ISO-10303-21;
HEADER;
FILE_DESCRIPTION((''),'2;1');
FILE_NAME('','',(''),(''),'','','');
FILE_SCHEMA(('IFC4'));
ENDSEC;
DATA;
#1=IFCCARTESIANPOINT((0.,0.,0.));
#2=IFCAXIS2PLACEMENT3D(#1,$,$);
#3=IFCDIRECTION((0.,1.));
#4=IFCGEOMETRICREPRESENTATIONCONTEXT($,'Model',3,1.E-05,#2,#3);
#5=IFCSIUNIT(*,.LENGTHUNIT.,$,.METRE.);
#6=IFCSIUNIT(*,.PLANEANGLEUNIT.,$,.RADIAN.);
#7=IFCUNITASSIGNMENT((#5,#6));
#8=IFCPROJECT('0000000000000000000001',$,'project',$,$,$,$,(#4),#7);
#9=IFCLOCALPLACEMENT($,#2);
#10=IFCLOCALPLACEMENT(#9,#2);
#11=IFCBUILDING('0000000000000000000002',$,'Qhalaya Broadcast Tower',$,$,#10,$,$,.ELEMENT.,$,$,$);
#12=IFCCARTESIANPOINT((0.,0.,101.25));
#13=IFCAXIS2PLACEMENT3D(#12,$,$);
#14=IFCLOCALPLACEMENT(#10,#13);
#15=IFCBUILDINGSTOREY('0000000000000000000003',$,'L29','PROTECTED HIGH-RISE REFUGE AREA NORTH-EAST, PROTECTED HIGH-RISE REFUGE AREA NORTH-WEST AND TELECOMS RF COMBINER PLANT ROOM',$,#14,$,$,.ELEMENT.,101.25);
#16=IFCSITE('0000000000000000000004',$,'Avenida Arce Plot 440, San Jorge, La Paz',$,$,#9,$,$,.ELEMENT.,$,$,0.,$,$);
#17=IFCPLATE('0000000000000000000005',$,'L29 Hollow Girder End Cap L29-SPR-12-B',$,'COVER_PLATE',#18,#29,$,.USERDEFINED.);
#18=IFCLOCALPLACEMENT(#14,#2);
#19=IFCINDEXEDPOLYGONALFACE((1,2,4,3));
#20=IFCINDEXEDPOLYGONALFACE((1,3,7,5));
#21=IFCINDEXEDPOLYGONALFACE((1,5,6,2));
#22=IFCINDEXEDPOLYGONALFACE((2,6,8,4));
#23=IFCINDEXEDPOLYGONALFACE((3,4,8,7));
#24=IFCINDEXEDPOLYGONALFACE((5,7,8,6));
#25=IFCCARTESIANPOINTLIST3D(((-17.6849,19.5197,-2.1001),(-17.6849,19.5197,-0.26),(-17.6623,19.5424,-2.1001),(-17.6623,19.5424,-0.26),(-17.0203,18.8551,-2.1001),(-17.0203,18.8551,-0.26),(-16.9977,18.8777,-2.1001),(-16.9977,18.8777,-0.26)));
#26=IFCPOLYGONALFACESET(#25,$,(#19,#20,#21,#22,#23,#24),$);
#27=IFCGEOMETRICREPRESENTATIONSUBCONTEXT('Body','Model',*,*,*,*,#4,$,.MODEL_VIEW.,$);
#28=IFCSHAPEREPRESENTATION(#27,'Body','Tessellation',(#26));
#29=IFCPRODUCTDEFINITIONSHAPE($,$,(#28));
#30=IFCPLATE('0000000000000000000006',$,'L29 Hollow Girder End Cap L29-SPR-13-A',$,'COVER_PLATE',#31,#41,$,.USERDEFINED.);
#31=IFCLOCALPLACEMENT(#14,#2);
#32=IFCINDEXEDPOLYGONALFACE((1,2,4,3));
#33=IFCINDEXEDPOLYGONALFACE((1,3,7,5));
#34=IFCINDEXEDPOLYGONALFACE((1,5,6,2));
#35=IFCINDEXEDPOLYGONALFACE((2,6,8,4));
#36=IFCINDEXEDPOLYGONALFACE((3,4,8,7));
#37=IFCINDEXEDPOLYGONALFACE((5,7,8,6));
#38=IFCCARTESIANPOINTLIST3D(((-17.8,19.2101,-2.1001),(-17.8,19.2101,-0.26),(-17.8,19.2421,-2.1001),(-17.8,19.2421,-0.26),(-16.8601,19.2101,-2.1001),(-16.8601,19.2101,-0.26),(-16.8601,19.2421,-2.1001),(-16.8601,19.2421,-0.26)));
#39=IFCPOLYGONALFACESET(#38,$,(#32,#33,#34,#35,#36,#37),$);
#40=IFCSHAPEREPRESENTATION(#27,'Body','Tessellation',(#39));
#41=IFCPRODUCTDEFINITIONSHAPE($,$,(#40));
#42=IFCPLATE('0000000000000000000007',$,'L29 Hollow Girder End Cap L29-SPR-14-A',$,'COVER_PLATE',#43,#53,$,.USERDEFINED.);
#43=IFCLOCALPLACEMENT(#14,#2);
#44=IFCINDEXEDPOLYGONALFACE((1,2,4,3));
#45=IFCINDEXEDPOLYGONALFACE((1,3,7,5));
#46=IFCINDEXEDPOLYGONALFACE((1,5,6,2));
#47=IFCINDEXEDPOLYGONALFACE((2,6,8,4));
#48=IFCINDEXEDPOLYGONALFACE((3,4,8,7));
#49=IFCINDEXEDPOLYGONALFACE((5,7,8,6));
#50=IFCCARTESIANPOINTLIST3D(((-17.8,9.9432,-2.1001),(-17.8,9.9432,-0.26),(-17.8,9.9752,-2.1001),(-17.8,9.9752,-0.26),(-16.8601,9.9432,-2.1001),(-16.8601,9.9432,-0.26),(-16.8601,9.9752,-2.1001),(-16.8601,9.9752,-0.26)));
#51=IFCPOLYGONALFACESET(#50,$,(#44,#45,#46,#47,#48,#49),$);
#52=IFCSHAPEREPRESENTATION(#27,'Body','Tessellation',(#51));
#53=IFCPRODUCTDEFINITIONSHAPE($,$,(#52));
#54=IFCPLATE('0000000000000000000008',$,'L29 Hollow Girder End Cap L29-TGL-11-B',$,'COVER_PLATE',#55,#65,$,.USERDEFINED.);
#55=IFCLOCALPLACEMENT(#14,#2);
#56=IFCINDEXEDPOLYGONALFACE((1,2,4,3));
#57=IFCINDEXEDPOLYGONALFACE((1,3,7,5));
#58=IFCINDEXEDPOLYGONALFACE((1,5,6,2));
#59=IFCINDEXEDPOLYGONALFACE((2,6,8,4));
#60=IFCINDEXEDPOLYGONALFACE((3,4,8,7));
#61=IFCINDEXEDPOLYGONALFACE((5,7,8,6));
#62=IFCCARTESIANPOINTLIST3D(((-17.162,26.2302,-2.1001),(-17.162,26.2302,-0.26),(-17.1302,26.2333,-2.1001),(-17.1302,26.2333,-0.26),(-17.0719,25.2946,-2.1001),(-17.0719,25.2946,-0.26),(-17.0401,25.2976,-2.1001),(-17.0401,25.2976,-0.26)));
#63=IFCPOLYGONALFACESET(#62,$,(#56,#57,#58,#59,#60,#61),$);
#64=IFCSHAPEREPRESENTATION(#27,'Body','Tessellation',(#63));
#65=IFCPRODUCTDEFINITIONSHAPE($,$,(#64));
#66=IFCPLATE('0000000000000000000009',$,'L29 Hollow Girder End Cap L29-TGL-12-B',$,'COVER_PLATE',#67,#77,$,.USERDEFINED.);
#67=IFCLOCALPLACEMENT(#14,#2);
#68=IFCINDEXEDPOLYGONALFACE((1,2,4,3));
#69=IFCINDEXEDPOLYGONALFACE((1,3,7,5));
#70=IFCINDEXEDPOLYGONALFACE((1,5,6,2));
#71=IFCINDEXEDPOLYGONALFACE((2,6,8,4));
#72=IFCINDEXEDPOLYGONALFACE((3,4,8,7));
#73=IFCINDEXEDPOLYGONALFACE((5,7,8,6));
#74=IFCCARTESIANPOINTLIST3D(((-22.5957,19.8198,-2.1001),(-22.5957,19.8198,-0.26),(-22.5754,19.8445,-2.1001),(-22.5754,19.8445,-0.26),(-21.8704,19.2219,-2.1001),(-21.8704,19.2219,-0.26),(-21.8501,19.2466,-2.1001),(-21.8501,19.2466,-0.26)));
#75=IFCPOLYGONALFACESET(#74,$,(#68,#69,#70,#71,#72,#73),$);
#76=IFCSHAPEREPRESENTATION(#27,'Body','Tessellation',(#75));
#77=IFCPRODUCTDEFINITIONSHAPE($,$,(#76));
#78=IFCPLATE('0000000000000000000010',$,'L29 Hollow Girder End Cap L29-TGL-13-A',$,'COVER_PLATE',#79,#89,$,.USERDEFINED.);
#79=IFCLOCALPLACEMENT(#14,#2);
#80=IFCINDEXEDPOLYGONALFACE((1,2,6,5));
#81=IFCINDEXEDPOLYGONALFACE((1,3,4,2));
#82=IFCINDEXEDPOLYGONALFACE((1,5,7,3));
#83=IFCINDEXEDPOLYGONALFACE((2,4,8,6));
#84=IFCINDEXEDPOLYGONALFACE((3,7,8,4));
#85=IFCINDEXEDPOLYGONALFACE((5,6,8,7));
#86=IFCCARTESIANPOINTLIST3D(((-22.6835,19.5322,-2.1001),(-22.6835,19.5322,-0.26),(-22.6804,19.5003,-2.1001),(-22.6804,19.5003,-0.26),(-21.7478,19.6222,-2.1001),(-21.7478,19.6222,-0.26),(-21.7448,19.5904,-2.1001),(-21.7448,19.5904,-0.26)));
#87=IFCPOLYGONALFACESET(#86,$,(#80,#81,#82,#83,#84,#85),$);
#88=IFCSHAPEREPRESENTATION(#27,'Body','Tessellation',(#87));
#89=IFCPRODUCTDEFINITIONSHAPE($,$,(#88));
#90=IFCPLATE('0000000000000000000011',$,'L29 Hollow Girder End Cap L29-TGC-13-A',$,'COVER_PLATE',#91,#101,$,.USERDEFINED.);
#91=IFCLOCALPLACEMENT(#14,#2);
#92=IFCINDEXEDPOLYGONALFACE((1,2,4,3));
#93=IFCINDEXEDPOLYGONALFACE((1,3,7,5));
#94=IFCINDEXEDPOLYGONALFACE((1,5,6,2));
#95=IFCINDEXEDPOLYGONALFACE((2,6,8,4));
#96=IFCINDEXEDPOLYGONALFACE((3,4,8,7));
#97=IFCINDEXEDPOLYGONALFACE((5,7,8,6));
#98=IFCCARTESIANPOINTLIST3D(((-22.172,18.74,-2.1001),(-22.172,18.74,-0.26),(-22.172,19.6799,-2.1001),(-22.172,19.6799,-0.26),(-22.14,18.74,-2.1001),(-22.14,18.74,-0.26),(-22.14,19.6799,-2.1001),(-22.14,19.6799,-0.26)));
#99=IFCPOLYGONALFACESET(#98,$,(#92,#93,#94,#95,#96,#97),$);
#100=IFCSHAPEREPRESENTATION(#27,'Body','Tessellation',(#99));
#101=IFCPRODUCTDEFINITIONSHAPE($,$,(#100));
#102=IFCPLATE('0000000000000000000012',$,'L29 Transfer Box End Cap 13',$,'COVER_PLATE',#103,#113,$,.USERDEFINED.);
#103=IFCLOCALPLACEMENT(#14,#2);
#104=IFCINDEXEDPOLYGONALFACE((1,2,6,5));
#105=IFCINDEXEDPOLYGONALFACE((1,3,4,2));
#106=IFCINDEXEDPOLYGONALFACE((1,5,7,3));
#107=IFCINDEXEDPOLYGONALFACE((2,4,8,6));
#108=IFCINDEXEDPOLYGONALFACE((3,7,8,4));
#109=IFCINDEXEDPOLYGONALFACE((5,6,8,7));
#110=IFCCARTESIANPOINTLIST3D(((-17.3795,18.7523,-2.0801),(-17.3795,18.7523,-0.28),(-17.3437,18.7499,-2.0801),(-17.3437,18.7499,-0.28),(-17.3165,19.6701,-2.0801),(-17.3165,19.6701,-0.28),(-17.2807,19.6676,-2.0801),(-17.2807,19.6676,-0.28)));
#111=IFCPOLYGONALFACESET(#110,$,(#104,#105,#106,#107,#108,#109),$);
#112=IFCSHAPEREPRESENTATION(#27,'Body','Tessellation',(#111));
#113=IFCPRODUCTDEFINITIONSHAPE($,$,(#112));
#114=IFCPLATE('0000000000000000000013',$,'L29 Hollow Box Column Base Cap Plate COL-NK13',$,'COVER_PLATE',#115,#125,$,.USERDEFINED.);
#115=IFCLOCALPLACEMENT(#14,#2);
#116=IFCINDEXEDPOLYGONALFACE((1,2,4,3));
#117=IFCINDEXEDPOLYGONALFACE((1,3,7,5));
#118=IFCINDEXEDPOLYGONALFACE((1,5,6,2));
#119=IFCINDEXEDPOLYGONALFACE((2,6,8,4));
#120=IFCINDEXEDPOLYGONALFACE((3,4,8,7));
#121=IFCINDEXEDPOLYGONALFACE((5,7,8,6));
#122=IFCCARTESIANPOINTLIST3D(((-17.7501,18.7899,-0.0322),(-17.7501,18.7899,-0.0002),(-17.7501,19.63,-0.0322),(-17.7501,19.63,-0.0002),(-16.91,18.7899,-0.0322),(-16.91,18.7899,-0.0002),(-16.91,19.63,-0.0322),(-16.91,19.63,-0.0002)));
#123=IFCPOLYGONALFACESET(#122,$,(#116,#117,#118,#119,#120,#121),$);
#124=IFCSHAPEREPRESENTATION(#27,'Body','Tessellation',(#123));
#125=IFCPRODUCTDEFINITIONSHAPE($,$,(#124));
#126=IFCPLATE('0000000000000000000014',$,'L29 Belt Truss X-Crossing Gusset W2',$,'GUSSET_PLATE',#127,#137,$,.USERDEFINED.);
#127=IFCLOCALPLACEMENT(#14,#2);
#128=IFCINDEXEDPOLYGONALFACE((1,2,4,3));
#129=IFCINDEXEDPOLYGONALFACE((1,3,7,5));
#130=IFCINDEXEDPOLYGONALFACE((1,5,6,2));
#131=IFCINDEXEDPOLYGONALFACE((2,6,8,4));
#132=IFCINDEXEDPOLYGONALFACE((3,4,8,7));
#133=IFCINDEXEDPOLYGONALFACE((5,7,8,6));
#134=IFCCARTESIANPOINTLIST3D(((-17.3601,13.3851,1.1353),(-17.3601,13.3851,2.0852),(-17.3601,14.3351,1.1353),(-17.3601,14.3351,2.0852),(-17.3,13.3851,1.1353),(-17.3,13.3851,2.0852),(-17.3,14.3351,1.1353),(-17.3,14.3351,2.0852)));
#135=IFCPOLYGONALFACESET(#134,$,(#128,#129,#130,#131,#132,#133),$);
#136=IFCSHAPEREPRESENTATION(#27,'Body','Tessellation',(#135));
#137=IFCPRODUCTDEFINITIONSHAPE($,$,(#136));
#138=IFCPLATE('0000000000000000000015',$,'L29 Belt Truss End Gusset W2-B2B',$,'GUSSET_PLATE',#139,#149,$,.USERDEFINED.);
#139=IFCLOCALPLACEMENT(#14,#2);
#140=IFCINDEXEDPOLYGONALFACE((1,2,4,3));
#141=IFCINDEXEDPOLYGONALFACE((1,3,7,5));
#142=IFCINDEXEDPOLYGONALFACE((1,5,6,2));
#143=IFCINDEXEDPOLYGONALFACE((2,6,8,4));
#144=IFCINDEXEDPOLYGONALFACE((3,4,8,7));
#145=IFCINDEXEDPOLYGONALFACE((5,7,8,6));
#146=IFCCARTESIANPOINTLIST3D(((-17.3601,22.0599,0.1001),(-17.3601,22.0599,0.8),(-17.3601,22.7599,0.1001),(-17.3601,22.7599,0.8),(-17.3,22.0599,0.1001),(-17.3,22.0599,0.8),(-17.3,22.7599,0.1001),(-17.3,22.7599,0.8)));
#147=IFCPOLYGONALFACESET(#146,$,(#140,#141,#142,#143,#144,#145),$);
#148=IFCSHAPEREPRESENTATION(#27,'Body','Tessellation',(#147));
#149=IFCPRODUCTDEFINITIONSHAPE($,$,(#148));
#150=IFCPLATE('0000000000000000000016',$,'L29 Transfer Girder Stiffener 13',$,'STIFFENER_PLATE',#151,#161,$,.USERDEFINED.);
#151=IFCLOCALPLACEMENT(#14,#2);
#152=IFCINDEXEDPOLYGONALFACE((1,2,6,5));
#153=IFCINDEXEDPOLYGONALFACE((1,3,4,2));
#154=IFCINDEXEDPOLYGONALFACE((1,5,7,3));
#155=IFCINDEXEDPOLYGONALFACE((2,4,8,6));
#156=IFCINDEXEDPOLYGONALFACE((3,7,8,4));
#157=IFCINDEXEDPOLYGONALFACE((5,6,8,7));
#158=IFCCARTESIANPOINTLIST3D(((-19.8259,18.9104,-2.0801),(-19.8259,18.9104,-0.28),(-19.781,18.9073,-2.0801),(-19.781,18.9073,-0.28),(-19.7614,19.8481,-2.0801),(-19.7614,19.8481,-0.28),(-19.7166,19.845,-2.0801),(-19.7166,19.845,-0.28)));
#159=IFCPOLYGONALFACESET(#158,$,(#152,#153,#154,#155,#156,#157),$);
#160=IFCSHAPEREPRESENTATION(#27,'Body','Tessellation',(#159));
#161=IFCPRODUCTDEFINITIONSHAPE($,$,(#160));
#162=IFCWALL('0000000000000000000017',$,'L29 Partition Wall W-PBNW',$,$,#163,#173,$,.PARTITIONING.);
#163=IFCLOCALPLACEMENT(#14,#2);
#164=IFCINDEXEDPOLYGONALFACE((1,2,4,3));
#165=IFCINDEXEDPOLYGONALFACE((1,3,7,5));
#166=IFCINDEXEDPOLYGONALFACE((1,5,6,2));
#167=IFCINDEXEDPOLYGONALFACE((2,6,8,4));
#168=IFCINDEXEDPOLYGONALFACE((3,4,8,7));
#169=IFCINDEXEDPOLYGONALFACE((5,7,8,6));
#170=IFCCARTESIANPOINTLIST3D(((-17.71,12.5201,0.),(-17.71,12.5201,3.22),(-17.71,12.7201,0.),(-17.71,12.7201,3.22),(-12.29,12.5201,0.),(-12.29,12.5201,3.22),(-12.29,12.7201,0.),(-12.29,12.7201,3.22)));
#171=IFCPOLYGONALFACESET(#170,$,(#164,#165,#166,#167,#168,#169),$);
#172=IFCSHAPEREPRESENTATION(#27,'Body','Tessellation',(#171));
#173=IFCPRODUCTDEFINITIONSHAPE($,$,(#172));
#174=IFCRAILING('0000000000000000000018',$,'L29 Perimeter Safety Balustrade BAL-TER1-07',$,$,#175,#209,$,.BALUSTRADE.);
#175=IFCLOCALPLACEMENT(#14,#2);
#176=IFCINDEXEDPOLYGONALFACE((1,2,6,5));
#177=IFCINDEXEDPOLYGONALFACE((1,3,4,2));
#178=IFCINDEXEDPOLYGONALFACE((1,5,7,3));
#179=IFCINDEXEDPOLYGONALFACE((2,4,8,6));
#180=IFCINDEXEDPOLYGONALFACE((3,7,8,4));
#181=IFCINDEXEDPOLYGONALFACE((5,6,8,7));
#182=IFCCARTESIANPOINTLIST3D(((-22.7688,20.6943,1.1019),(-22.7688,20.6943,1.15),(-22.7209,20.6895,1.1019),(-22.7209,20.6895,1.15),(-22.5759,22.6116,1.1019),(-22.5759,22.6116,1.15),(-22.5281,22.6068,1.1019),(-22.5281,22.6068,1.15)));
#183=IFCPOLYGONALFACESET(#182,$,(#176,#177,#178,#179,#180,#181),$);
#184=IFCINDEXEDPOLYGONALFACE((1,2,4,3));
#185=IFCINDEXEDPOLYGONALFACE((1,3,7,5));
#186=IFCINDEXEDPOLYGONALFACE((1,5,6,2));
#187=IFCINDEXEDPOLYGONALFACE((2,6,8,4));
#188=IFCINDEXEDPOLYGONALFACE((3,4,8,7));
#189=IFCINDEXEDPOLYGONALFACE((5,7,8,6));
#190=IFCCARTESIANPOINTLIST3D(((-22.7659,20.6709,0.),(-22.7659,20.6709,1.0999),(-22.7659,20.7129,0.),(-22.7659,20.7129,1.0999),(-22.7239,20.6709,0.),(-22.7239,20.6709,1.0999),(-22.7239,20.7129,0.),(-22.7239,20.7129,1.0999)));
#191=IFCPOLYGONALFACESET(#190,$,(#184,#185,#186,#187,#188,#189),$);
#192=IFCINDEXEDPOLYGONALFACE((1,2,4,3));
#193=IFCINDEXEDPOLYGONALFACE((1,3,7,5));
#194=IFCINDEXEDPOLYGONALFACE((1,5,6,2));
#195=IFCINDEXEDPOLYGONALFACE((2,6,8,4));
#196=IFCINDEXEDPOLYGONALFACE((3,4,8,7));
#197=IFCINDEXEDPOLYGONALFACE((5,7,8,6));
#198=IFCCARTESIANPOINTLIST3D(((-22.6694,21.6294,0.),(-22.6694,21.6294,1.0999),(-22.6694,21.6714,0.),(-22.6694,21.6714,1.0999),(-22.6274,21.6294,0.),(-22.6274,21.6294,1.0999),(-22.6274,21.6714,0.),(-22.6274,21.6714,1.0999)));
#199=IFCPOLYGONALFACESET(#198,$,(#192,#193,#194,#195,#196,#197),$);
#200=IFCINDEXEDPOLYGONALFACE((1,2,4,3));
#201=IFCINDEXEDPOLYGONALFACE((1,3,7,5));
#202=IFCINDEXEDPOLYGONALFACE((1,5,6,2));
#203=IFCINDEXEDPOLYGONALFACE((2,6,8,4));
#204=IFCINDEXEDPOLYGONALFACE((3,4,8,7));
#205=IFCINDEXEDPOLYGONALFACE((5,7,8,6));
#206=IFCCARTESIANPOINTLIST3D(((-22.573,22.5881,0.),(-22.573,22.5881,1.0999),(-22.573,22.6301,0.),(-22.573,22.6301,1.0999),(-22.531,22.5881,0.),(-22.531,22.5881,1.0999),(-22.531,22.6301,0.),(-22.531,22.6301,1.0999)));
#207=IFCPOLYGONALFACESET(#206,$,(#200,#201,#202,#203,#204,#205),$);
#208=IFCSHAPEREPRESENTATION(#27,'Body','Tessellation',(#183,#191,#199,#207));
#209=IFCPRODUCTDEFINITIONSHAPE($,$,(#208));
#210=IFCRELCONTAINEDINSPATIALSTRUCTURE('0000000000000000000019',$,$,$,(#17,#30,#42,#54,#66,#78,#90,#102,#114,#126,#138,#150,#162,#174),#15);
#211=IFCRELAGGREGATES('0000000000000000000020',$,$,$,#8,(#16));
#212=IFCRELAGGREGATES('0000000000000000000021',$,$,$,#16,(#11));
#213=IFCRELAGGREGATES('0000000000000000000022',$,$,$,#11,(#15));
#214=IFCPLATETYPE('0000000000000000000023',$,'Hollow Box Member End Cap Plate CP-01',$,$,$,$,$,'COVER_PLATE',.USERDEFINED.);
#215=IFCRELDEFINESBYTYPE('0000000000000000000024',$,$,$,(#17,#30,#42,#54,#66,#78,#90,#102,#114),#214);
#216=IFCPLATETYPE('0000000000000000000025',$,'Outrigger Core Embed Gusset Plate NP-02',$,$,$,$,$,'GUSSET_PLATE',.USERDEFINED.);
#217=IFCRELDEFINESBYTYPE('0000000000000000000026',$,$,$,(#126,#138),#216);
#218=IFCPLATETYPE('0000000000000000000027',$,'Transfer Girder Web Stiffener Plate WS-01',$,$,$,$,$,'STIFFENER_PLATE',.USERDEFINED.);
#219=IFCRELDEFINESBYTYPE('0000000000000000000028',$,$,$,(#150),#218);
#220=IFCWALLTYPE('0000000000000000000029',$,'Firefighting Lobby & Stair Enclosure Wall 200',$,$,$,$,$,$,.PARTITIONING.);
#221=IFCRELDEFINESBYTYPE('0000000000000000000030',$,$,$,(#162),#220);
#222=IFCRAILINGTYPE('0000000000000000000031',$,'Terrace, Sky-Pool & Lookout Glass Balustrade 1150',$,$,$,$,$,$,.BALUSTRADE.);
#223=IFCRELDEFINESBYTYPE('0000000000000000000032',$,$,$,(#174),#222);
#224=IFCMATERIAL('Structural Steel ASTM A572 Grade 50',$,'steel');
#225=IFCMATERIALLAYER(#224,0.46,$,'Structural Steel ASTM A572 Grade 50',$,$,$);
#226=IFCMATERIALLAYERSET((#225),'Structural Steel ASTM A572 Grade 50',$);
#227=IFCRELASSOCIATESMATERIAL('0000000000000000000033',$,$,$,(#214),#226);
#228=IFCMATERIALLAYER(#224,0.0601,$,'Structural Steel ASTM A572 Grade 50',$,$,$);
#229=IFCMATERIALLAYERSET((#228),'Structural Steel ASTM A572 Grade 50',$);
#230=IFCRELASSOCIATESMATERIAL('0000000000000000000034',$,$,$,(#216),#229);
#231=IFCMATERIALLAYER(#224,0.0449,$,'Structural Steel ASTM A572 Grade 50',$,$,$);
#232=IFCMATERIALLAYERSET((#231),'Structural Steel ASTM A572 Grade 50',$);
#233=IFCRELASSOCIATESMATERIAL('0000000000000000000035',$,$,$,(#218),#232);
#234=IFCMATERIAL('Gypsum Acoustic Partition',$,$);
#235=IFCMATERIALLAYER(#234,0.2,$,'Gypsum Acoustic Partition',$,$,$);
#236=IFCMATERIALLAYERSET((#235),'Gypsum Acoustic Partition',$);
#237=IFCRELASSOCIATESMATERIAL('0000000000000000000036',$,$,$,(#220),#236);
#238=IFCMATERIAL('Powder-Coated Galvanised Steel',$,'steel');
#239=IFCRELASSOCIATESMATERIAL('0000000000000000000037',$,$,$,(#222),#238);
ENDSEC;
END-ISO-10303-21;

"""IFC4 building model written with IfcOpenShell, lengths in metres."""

from ifc_helpers import new_model, si_unit, direction, frame, frame_2d, origin, origin_2d, place, context, subcontext, project, spatial, rectangle, extrude, material, layer, layer_set, type_object, element, save


model = new_model("IFC4")

# Units and contexts
model_context = context("Model", 3, precision=1e-05, world=origin(), true_north=direction((0.0, 1.0)))
body_context = subcontext(model_context, "Body", "Model", "MODEL_VIEW")
ifc_project = project(units=[si_unit("LENGTHUNIT", "METRE"), si_unit("PLANEANGLEUNIT", "RADIAN")], contexts=[model_context])

# Site, building, storey
site_placement = place(None, origin())
site = spatial("IfcSite", under=ifc_project, at=site_placement, Name="Avenida Arce Plot 440, San Jorge, La Paz", CompositionType="ELEMENT", RefElevation=0.0)
building_placement = place(site_placement, origin())
building = spatial("IfcBuilding", under=site, at=building_placement, Name="Qhalaya Broadcast Tower", CompositionType="ELEMENT")
storey_placement = place(building_placement, frame((0.0, 0.0, 101.25)))
storey = spatial("IfcBuildingStorey", under=building, at=storey_placement, Name="L29", Description="PROTECTED HIGH-RISE REFUGE AREA NORTH-EAST, PROTECTED HIGH-RISE REFUGE AREA NORTH-WEST AND TELECOMS RF COMBINER PLANT ROOM", CompositionType="ELEMENT", Elevation=101.25)

# Shared definitions
ifc_material_1 = material(Name="Structural Steel ASTM A572 Grade 50", Category="steel")

# Plates
ifc_layer_1 = layer(ifc_material_1, 0.46, Name="Structural Steel ASTM A572 Grade 50")
ifc_layer_set_1 = layer_set([ifc_layer_1], Name="Structural Steel ASTM A572 Grade 50")
plate_type_1 = type_object("IfcPlateType", Name="Hollow Box Member End Cap Plate CP-01", ElementType="COVER_PLATE", PredefinedType="USERDEFINED", material=ifc_layer_set_1)
for number, where, z_axis, x_axis, name in (
    (1, (-17.3413, 19.1987, -2.1001), (0.0, 0.0, 1.0), (0.707107, -0.707107, 0.0), "L29 Hollow Girder End Cap L29-SPR-12-B"),
    (2, (-17.3301, 19.2261, -2.1001), (0.0, 0.0, 1.0), (1.0, 0.0, 0.0), "L29 Hollow Girder End Cap L29-SPR-13-A"),
    (3, (-17.3301, 9.9592, -2.1001), (0.0, 0.0, 1.0), (1.0, 0.0, 0.0), "L29 Hollow Girder End Cap L29-SPR-14-A"),
    (4, (-17.1011, 25.7639, -2.1001), (0.0, 0.0, 1.0), (0.095846, -0.995396, 0.0), "L29 Hollow Girder End Cap L29-TGL-11-B"),
    (5, (-22.2229, 19.5332, -2.1001), (0.0, 0.0, 1.0), (0.771625, -0.636078, 0.0), "L29 Hollow Girder End Cap L29-TGL-12-B"),
    (6, (-22.2141, 19.5613, -2.1001), (0.0, 0.0, 1.0), (0.995396, 0.095846, 0.0), "L29 Hollow Girder End Cap L29-TGL-13-A"),
    (7, (-22.156, 19.21, -2.1001), (0.0, 0.0, 1.0), (0.0, 1.0, 0.0), "L29 Hollow Girder End Cap L29-TGC-13-A"),
):
    element("IfcPlate", number, at=place(storey_placement, frame(where, z_axis=z_axis, x_axis=x_axis)), inside=storey, type_object=plate_type_1, Name=name, ObjectType="COVER_PLATE", PredefinedType="USERDEFINED", context=body_context, shape_type="SweptSolid", body=[
        extrude(rectangle(XDim=0.9399, YDim=0.032, at=origin_2d()), origin(), (0.0, 0.0, 1.0), 1.8401),
    ])
plate_1_placement = place(storey_placement, frame((-17.3301, 19.21, -2.0801), z_axis=(0.0, 0.0, 1.0), x_axis=(0.068538, 0.997649, 0.0)))
element("IfcPlate", 8, at=plate_1_placement, inside=storey, type_object=plate_type_1, Name="L29 Transfer Box End Cap 13", ObjectType="COVER_PLATE", PredefinedType="USERDEFINED", context=body_context, shape_type="SweptSolid", body=[
    extrude(rectangle(XDim=0.9199, YDim=0.0359, at=origin_2d()), origin(), (0.0, 0.0, 1.0), 1.8),
])
plate_2_placement = place(storey_placement, frame((-17.3301, 19.21, -0.0322), z_axis=(0.0, 0.0, 1.0), x_axis=(0.0, 1.0, 0.0)))
element("IfcPlate", 9, at=plate_2_placement, inside=storey, type_object=plate_type_1, Name="L29 Hollow Box Column Base Cap Plate COL-NK13", ObjectType="COVER_PLATE", PredefinedType="USERDEFINED", context=body_context, shape_type="SweptSolid", body=[
    extrude(rectangle(XDim=0.8401, YDim=0.8401, at=origin_2d()), origin(), (0.0, 0.0, 1.0), 0.032),
])
ifc_layer_2 = layer(ifc_material_1, 0.0601, Name="Structural Steel ASTM A572 Grade 50")
ifc_layer_set_2 = layer_set([ifc_layer_2], Name="Structural Steel ASTM A572 Grade 50")
plate_type_2 = type_object("IfcPlateType", Name="Outrigger Core Embed Gusset Plate NP-02", ElementType="GUSSET_PLATE", PredefinedType="USERDEFINED", material=ifc_layer_set_2)
plate_3_placement = place(storey_placement, frame((-17.3301, 13.8601, 1.1353), z_axis=(0.0, 0.0, 1.0), x_axis=(0.0, 1.0, 0.0)))
element("IfcPlate", 10, at=plate_3_placement, inside=storey, type_object=plate_type_2, Name="L29 Belt Truss X-Crossing Gusset W2", ObjectType="GUSSET_PLATE", PredefinedType="USERDEFINED", context=body_context, shape_type="SweptSolid", body=[
    extrude(rectangle(XDim=0.95, YDim=0.0601, at=origin_2d()), origin(), (0.0, 0.0, 1.0), 0.95),
])
plate_4_placement = place(storey_placement, frame((-17.3301, 22.4099, 0.1001), z_axis=(0.0, 0.0, 1.0), x_axis=(0.0, 1.0, 0.0)))
element("IfcPlate", 11, at=plate_4_placement, inside=storey, type_object=plate_type_2, Name="L29 Belt Truss End Gusset W2-B2B", ObjectType="GUSSET_PLATE", PredefinedType="USERDEFINED", context=body_context, shape_type="SweptSolid", body=[
    extrude(rectangle(XDim=0.7, YDim=0.0601, at=origin_2d()), origin(), (0.0, 0.0, 1.0), 0.7),
])
ifc_layer_3 = layer(ifc_material_1, 0.0449, Name="Structural Steel ASTM A572 Grade 50")
ifc_layer_set_3 = layer_set([ifc_layer_3], Name="Structural Steel ASTM A572 Grade 50")
plate_type_3 = type_object("IfcPlateType", Name="Transfer Girder Web Stiffener Plate WS-01", ElementType="STIFFENER_PLATE", PredefinedType="USERDEFINED", material=ifc_layer_set_3)
plate_5_placement = place(storey_placement, frame((-19.7712, 19.3777, -2.0801), z_axis=(0.0, 0.0, 1.0), x_axis=(0.068538, 0.997649, 0.0)))
element("IfcPlate", 12, at=plate_5_placement, inside=storey, type_object=plate_type_3, Name="L29 Transfer Girder Stiffener 13", ObjectType="STIFFENER_PLATE", PredefinedType="USERDEFINED", context=body_context, shape_type="SweptSolid", body=[
    extrude(rectangle(XDim=0.9399, YDim=0.0449, at=origin_2d()), origin(), (0.0, 0.0, 1.0), 1.8),
])

# Wall
ifc_material_2 = material(Name="Gypsum Acoustic Partition")
ifc_layer_4 = layer(ifc_material_2, 0.2, Name="Gypsum Acoustic Partition")
ifc_layer_set_4 = layer_set([ifc_layer_4], Name="Gypsum Acoustic Partition")
wall_type = type_object("IfcWallType", Name="Firefighting Lobby & Stair Enclosure Wall 200", PredefinedType="PARTITIONING", material=ifc_layer_set_4)
wall_placement = place(storey_placement, frame((-17.71, 12.6201, 0.0), z_axis=(0.0, 0.0, 1.0), x_axis=(1.0, 0.0, 0.0)))
element("IfcWall", 13, at=wall_placement, inside=storey, type_object=wall_type, Name="L29 Partition Wall W-PBNW", PredefinedType="PARTITIONING", context=body_context, shape_type="SweptSolid", body=[
    extrude(rectangle(XDim=5.4199, YDim=0.2, at=frame_2d((2.71, 0.0))), origin(), (0.0, 0.0, 1.0), 3.22),
])

# Railing
ifc_material_3 = material(Name="Powder-Coated Galvanised Steel", Category="steel")
railing_type = type_object("IfcRailingType", Name="Terrace, Sky-Pool & Lookout Glass Balustrade 1150", PredefinedType="BALUSTRADE", material=ifc_material_3)
railing_1_placement = place(storey_placement, frame((-22.7449, 20.6919, 0.0)))
element("IfcRailing", 14, at=railing_1_placement, inside=storey, type_object=railing_type, Name="L29 Perimeter Safety Balustrade BAL-TER1-07", PredefinedType="BALUSTRADE", context=body_context, shape_type="SweptSolid", body=[
    extrude(rectangle(XDim=0.0481, YDim=0.0481, at=origin_2d()), frame((0.0, 0.0, 1.126), z_axis=(0.100093, 0.994978, 0.0), x_axis=(-0.994978, 0.100093, 0.0)), (0.0, 0.0, 1.0), 1.927),
    extrude(rectangle(XDim=0.042, YDim=0.042, at=origin_2d()), origin(), (0.0, 0.0, 1.0), 1.0999),
    extrude(rectangle(XDim=0.042, YDim=0.042, at=origin_2d()), frame((0.0964, 0.9585, 0.0)), (0.0, 0.0, 1.0), 1.0999),
    extrude(rectangle(XDim=0.042, YDim=0.042, at=origin_2d()), frame((0.1929, 1.9172, 0.0)), (0.0, 0.0, 1.0), 1.0999),
])

save(model, "model.ifc")
